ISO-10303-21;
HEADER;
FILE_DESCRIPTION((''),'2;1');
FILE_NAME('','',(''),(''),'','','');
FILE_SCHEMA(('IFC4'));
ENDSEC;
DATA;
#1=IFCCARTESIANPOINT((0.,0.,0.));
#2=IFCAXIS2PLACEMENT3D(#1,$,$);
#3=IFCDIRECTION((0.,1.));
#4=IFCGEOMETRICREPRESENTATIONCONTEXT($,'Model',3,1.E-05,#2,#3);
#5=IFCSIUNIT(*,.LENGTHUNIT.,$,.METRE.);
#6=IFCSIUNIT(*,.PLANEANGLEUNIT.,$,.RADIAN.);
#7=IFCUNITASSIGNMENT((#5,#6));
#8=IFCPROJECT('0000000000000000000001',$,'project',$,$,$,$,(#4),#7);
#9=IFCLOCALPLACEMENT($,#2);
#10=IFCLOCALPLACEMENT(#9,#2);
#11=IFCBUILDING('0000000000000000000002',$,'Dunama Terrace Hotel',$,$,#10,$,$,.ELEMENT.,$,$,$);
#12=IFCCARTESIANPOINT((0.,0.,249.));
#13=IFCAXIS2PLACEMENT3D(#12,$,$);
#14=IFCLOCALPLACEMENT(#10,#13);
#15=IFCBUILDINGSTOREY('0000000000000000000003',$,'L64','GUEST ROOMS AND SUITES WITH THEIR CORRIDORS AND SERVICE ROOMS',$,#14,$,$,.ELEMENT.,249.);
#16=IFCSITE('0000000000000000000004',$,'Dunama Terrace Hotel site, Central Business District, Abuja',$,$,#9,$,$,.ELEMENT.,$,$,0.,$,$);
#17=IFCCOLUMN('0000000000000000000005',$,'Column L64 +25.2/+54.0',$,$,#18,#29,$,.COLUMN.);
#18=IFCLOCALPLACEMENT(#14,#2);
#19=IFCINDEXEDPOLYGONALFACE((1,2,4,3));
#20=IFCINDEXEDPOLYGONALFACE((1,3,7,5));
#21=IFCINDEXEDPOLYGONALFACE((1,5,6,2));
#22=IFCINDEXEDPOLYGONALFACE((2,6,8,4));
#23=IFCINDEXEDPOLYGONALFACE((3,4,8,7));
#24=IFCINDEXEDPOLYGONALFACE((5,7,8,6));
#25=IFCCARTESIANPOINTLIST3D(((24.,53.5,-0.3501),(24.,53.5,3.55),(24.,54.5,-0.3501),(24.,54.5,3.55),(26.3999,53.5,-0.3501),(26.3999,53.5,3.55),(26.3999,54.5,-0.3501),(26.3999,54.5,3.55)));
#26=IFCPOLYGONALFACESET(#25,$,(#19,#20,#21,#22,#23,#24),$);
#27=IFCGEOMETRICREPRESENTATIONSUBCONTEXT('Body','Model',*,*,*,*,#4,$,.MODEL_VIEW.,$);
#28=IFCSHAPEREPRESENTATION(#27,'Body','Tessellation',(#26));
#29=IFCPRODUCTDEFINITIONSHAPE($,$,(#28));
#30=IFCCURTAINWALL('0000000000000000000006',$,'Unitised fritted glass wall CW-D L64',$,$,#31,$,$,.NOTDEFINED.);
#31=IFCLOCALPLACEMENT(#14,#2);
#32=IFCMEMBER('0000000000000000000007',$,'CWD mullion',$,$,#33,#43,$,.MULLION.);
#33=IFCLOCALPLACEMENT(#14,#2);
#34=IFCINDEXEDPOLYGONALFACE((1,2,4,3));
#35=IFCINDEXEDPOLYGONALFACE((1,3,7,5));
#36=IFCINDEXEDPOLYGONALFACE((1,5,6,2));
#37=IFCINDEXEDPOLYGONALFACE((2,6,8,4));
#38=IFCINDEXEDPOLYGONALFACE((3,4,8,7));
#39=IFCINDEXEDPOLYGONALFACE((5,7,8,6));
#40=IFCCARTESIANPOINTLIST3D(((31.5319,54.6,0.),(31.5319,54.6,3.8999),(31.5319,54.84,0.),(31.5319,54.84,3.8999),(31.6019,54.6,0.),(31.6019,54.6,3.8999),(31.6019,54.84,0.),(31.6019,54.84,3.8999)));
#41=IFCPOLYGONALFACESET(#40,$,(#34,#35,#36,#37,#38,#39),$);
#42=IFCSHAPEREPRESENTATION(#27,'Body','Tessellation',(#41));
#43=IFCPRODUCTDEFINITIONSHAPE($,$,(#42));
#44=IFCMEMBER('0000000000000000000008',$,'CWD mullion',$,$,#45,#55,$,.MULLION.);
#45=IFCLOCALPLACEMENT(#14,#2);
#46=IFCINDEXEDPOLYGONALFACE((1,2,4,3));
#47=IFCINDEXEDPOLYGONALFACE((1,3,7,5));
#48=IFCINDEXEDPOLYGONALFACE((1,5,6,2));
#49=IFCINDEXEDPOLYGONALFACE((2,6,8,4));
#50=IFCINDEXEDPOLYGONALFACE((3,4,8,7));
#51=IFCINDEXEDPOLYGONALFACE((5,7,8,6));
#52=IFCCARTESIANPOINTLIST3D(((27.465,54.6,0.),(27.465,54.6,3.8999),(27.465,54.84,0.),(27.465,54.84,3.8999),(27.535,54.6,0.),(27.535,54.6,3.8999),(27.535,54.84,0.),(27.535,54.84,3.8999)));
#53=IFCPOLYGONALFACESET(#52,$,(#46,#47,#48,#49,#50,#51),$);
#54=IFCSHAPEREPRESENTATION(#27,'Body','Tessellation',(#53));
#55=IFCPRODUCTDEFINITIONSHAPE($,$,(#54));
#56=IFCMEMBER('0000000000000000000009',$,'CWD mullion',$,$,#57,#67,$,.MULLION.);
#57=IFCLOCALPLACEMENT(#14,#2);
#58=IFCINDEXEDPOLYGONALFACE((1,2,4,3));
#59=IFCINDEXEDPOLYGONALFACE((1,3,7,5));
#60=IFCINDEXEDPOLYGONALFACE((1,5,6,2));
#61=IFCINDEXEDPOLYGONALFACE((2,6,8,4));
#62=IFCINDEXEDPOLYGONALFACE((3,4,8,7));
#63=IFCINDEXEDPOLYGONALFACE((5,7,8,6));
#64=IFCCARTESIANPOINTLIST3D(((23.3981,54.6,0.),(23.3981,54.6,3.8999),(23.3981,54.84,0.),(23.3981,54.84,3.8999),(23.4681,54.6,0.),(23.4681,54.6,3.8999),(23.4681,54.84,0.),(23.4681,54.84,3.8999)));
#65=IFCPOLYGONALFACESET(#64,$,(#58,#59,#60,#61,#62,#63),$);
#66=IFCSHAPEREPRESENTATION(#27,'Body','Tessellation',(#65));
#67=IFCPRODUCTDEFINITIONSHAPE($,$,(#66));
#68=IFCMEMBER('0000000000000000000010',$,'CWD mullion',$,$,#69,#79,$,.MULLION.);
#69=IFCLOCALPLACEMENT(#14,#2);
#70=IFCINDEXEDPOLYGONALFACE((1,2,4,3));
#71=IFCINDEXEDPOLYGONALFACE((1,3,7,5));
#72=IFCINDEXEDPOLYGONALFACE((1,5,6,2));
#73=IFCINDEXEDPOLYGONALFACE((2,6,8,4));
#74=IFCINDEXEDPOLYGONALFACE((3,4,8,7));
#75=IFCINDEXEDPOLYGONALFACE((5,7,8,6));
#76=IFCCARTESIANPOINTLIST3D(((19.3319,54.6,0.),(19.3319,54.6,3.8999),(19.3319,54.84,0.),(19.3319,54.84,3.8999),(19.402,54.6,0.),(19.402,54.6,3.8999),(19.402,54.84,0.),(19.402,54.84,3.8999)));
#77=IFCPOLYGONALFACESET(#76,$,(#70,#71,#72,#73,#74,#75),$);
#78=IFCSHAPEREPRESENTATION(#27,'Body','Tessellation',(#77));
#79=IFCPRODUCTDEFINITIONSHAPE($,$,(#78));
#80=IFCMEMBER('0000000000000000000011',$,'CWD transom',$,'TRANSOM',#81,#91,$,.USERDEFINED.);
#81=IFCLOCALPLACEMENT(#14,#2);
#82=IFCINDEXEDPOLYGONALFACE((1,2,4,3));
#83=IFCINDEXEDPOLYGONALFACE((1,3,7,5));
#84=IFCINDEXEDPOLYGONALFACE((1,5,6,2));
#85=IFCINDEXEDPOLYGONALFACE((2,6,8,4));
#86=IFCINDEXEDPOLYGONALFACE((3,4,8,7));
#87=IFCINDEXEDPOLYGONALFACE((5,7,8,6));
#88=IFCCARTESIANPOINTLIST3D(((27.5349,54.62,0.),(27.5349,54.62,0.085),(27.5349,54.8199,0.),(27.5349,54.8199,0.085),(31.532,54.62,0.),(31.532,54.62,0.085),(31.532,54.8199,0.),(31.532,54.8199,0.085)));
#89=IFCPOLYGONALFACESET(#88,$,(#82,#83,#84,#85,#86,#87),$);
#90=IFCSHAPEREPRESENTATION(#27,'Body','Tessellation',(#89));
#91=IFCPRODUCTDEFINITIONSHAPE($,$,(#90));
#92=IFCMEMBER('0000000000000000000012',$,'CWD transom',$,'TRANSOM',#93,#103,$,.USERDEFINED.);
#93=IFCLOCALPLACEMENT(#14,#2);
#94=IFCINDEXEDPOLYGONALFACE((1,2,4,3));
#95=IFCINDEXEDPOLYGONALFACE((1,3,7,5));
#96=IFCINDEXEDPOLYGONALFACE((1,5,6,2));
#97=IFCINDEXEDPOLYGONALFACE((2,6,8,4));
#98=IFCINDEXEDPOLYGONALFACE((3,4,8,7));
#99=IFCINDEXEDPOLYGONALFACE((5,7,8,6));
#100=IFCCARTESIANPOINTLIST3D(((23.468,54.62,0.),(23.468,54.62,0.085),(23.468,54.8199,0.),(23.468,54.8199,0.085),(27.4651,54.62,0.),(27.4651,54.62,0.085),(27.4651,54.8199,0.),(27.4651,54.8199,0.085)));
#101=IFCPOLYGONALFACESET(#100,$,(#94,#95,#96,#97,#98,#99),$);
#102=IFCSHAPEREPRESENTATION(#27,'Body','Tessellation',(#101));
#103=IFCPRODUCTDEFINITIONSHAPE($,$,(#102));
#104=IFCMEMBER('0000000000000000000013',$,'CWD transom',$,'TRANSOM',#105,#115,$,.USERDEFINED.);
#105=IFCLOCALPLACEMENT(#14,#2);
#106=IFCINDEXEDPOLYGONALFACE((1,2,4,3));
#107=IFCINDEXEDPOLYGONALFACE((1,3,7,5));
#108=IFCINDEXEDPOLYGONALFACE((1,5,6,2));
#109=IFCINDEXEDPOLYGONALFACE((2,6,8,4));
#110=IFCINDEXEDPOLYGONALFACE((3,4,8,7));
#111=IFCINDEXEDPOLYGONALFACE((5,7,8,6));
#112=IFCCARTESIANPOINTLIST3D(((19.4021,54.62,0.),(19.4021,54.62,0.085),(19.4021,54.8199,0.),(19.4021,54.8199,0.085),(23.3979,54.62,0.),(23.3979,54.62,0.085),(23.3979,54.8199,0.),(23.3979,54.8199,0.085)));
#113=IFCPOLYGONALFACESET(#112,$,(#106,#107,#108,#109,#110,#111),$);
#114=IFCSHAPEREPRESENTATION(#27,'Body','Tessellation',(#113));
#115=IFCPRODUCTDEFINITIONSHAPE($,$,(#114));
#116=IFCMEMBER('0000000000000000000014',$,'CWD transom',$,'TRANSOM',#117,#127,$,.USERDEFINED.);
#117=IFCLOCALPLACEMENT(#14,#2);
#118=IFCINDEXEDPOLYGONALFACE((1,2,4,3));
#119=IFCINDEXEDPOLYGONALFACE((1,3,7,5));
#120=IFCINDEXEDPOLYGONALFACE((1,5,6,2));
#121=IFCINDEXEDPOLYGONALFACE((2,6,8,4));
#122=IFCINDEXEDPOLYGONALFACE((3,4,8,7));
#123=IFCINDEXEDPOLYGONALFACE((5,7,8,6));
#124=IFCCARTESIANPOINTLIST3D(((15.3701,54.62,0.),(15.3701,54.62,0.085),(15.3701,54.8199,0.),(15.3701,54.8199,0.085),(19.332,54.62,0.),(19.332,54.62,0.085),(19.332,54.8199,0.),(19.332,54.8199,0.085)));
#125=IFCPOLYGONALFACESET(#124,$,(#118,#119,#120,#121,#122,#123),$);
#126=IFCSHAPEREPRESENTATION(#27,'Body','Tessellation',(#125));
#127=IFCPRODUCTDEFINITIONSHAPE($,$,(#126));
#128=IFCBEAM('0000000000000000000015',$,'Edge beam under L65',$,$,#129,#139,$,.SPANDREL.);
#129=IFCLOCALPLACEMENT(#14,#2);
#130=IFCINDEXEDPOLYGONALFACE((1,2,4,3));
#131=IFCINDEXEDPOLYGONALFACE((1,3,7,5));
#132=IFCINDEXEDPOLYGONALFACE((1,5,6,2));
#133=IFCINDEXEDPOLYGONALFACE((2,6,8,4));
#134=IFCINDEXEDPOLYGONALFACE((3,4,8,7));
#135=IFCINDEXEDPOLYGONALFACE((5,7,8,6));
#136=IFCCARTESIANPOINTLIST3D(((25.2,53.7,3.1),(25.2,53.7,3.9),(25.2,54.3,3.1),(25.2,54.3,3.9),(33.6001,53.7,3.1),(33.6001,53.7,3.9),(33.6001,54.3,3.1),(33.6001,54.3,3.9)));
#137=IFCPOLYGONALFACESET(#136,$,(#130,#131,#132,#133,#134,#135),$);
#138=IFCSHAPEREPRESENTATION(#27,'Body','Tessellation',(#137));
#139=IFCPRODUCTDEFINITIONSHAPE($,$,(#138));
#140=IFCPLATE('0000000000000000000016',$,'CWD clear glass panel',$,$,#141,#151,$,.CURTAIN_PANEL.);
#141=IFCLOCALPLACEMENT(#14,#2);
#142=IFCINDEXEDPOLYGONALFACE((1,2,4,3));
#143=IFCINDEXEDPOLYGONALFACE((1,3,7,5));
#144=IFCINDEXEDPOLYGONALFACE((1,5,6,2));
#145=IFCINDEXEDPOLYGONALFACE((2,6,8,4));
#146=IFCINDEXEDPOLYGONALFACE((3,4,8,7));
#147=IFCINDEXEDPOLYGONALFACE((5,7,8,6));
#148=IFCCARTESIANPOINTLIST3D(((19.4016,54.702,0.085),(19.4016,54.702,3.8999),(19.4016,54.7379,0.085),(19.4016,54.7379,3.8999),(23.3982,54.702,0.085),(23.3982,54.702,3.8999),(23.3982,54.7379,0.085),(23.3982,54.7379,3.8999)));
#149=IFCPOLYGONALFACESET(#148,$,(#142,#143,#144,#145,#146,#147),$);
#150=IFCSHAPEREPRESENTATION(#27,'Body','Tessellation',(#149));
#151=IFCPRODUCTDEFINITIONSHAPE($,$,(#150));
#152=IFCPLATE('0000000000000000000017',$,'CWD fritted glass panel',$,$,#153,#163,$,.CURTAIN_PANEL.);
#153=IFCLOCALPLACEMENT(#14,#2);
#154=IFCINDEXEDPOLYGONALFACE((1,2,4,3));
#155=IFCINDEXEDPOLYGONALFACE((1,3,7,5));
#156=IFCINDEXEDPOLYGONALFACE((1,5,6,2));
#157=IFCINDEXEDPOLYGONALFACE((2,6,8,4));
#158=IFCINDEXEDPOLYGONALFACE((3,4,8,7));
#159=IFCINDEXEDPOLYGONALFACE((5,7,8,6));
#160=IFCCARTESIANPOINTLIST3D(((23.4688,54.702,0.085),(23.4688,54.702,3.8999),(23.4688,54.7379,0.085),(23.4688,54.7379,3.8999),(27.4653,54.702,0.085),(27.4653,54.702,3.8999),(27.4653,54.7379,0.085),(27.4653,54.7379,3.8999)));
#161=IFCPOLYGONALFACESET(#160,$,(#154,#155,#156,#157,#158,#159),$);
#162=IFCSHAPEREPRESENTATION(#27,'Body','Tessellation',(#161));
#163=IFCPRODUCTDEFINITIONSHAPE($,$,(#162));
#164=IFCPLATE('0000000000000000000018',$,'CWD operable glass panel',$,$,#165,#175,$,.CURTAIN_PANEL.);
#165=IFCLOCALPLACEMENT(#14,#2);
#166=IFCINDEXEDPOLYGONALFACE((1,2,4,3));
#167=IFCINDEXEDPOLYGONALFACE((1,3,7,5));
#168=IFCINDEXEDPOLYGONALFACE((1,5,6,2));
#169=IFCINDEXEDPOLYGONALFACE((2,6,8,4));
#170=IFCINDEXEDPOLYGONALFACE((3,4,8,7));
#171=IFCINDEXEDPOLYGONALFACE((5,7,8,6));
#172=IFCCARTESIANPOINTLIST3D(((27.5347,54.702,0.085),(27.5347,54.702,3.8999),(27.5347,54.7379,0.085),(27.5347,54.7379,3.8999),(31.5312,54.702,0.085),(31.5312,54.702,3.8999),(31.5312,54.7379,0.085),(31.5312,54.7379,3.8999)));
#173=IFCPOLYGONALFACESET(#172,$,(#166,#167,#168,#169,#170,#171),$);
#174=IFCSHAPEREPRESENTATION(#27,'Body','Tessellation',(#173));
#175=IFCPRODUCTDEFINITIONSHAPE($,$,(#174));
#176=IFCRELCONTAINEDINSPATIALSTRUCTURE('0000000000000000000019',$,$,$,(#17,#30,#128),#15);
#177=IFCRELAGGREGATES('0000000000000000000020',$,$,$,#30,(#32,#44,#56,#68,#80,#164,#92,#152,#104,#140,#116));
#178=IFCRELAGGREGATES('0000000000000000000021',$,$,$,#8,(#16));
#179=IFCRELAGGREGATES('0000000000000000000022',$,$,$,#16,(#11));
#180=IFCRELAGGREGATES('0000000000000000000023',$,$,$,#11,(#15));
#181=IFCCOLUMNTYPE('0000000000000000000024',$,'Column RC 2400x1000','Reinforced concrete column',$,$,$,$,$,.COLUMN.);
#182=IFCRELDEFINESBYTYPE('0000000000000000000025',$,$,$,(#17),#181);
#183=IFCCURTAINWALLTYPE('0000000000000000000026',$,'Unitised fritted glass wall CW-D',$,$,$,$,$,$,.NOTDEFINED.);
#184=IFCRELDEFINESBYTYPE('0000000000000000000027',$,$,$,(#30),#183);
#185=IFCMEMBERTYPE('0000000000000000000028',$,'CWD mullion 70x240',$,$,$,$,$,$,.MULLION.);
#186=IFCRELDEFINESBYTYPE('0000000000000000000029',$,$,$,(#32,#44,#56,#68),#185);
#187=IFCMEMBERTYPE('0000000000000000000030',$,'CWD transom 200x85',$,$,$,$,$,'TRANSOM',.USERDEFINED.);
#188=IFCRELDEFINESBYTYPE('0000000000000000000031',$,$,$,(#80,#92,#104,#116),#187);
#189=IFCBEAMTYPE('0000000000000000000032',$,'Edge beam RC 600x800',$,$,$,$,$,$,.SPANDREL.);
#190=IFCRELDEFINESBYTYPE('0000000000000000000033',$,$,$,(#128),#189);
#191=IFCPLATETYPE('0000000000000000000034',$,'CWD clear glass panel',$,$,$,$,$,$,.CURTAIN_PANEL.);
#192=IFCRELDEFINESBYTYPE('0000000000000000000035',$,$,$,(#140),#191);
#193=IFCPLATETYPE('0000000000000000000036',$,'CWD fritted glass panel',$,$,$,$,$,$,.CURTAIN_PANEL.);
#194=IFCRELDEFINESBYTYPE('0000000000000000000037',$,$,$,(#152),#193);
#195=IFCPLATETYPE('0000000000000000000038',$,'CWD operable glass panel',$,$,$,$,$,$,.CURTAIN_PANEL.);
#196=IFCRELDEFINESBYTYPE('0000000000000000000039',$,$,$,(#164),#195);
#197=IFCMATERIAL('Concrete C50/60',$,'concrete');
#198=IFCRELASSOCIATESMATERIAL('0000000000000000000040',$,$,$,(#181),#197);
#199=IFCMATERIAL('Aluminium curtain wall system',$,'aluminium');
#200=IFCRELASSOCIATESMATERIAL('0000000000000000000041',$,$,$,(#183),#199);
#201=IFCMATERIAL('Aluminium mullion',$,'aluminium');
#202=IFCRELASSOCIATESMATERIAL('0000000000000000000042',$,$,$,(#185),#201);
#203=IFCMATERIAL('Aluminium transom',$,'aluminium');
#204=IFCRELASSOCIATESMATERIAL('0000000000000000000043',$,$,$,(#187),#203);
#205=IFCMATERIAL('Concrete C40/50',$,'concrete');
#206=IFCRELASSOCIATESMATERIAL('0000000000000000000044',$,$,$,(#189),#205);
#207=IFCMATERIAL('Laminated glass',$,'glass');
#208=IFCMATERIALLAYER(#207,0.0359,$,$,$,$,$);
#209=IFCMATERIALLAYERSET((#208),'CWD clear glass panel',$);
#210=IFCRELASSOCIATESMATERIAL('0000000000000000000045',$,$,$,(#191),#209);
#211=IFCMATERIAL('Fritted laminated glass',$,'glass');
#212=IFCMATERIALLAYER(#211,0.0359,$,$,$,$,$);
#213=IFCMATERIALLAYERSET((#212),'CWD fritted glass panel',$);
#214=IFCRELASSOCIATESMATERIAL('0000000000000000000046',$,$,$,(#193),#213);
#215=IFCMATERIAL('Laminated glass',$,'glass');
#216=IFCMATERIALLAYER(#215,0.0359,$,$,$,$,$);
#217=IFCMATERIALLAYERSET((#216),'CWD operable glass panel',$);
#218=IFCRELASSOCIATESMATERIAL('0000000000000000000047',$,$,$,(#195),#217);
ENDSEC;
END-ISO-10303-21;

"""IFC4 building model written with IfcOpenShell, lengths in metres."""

from ifc_helpers import new_model, si_unit, direction, frame, origin, origin_2d, place, context, subcontext, project, spatial, rectangle, extrude, material, layer, layer_set, material_profile, profile_set, type_object, element, aggregate, save


model = new_model("IFC4")

# Units and contexts
model_context = context("Model", 3, precision=1e-05, world=origin(), true_north=direction((0.0, 1.0)))
body_context = subcontext(model_context, "Body", "Model", "MODEL_VIEW")
ifc_project = project(units=[si_unit("LENGTHUNIT", "METRE"), si_unit("PLANEANGLEUNIT", "RADIAN")], contexts=[model_context])

# Site, building, storey
site_placement = place(None, origin())
site = spatial("IfcSite", under=ifc_project, at=site_placement, Name="Dunama Terrace Hotel site, Central Business District, Abuja", CompositionType="ELEMENT", RefElevation=0.0)
building_placement = place(site_placement, origin())
building = spatial("IfcBuilding", under=site, at=building_placement, Name="Dunama Terrace Hotel", CompositionType="ELEMENT")
storey_placement = place(building_placement, frame((0.0, 0.0, 249.0)))
storey = spatial("IfcBuildingStorey", under=building, at=storey_placement, Name="L64", Description="GUEST ROOMS AND SUITES WITH THEIR CORRIDORS AND SERVICE ROOMS", CompositionType="ELEMENT", Elevation=249.0)

# Column
ifc_material_1 = material(Name="Concrete C50/60", Category="concrete")
ifc_material_profile_1 = material_profile(ifc_material_1, rectangle(XDim=2.3999, YDim=1.0, at=origin_2d()), Name="RC 2400x1000")
ifc_profile_set_1 = profile_set([ifc_material_profile_1], Name="Concrete C50/60")
column_type = type_object("IfcColumnType", Name="Column RC 2400x1000", Description="Reinforced concrete column", PredefinedType="COLUMN", material=ifc_profile_set_1)
column_placement = place(storey_placement, frame((25.2, 54.0, -0.3501), z_axis=(0.0, 0.0, 1.0), x_axis=(1.0, 0.0, 0.0)))
element("IfcColumn", 1, at=column_placement, inside=storey, type_object=column_type, Name="Column L64 +25.2/+54.0", PredefinedType="COLUMN", context=body_context, shape_type="SweptSolid", body=[
    extrude(rectangle(XDim=2.3999, YDim=1.0, at=origin_2d()), origin(), (0.0, 0.0, 1.0), 3.9001),
])

# Curtain wall, members
ifc_material_2 = material(Name="Aluminium curtain wall system", Category="aluminium")
curtain_wall_type = type_object("IfcCurtainWallType", Name="Unitised fritted glass wall CW-D", PredefinedType="NOTDEFINED", material=ifc_material_2)
curtain_wall_placement = place(storey_placement, origin())
curtain_wall = element("IfcCurtainWall", 2, at=curtain_wall_placement, inside=storey, type_object=curtain_wall_type, Name="Unitised fritted glass wall CW-D L64", PredefinedType="NOTDEFINED")
ifc_material_3 = material(Name="Aluminium mullion", Category="aluminium")
ifc_material_profile_2 = material_profile(ifc_material_3, rectangle(XDim=0.0701, YDim=0.24, at=origin_2d()), Name="CWD MULLION 70X240")
ifc_profile_set_2 = profile_set([ifc_material_profile_2], Name="Aluminium mullion")
member_type_1 = type_object("IfcMemberType", Name="CWD mullion 70x240", PredefinedType="MULLION", material=ifc_profile_set_2)
member_1_placement = place(storey_placement, frame((31.5669, 54.72, 0.0), z_axis=(0.0, 0.0, 1.0), x_axis=(-1.0, 0.0, 0.0)))
member_1 = element("IfcMember", 3, at=member_1_placement, type_object=member_type_1, Name="CWD mullion", PredefinedType="MULLION", context=body_context, shape_type="SweptSolid", body=[
    extrude(rectangle(XDim=0.0701, YDim=0.24, at=origin_2d()), origin(), (0.0, 0.0, 1.0), 3.8999),
])
member_2_placement = place(storey_placement, frame((27.5, 54.72, 0.0), z_axis=(0.0, 0.0, 1.0), x_axis=(-1.0, 0.0, 0.0)))
member_2 = element("IfcMember", 4, at=member_2_placement, type_object=member_type_1, Name="CWD mullion", PredefinedType="MULLION", context=body_context, shape_type="SweptSolid", body=[
    extrude(rectangle(XDim=0.0701, YDim=0.24, at=origin_2d()), origin(), (0.0, 0.0, 1.0), 3.8999),
])
member_3_placement = place(storey_placement, frame((23.4331, 54.72, 0.0), z_axis=(0.0, 0.0, 1.0), x_axis=(-1.0, 0.0, 0.0)))
member_3 = element("IfcMember", 5, at=member_3_placement, type_object=member_type_1, Name="CWD mullion", PredefinedType="MULLION", context=body_context, shape_type="SweptSolid", body=[
    extrude(rectangle(XDim=0.0701, YDim=0.24, at=origin_2d()), origin(), (0.0, 0.0, 1.0), 3.8999),
])
member_4_placement = place(storey_placement, frame((19.3669, 54.72, 0.0), z_axis=(0.0, 0.0, 1.0), x_axis=(-1.0, 0.0, 0.0)))
member_4 = element("IfcMember", 6, at=member_4_placement, type_object=member_type_1, Name="CWD mullion", PredefinedType="MULLION", context=body_context, shape_type="SweptSolid", body=[
    extrude(rectangle(XDim=0.0701, YDim=0.24, at=origin_2d()), origin(), (0.0, 0.0, 1.0), 3.8999),
])
ifc_material_4 = material(Name="Aluminium transom", Category="aluminium")
ifc_material_profile_3 = material_profile(ifc_material_4, rectangle(XDim=0.2, YDim=0.085, at=origin_2d()), Name="CWD TRANSOM 200X85")
ifc_profile_set_3 = profile_set([ifc_material_profile_3], Name="Aluminium transom")
member_type_2 = type_object("IfcMemberType", Name="CWD transom 200x85", ElementType="TRANSOM", PredefinedType="USERDEFINED", material=ifc_profile_set_3)
member_5_placement = place(storey_placement, frame((31.532, 54.72, 0.0425), z_axis=(-1.0, 0.0, 0.0), x_axis=(0.0, -1.0, 0.0)))
member_5 = element("IfcMember", 7, at=member_5_placement, type_object=member_type_2, Name="CWD transom", ObjectType="TRANSOM", PredefinedType="USERDEFINED", context=body_context, shape_type="SweptSolid", body=[
    extrude(rectangle(XDim=0.2, YDim=0.085, at=origin_2d()), origin(), (0.0, 0.0, 1.0), 3.9971),
])
member_6_placement = place(storey_placement, frame((27.4651, 54.72, 0.0425), z_axis=(-1.0, 0.0, 0.0), x_axis=(0.0, -1.0, 0.0)))
member_6 = element("IfcMember", 8, at=member_6_placement, type_object=member_type_2, Name="CWD transom", ObjectType="TRANSOM", PredefinedType="USERDEFINED", context=body_context, shape_type="SweptSolid", body=[
    extrude(rectangle(XDim=0.2, YDim=0.085, at=origin_2d()), origin(), (0.0, 0.0, 1.0), 3.9971),
])
member_7_placement = place(storey_placement, frame((23.3979, 54.72, 0.0425), z_axis=(-1.0, 0.0, 0.0), x_axis=(0.0, -1.0, 0.0)))
member_7 = element("IfcMember", 9, at=member_7_placement, type_object=member_type_2, Name="CWD transom", ObjectType="TRANSOM", PredefinedType="USERDEFINED", context=body_context, shape_type="SweptSolid", body=[
    extrude(rectangle(XDim=0.2, YDim=0.085, at=origin_2d()), origin(), (0.0, 0.0, 1.0), 3.9958),
])
member_8_placement = place(storey_placement, frame((19.332, 54.72, 0.0425), z_axis=(-1.0, 0.0, 0.0), x_axis=(0.0, -1.0, 0.0)))
member_8 = element("IfcMember", 10, at=member_8_placement, type_object=member_type_2, Name="CWD transom", ObjectType="TRANSOM", PredefinedType="USERDEFINED", context=body_context, shape_type="SweptSolid", body=[
    extrude(rectangle(XDim=0.2, YDim=0.085, at=origin_2d()), origin(), (0.0, 0.0, 1.0), 3.9619),
])

# Beam
ifc_material_5 = material(Name="Concrete C40/50", Category="concrete")
ifc_material_profile_4 = material_profile(ifc_material_5, rectangle(XDim=0.6001, YDim=0.8, at=origin_2d()), Name="RC 600x800")
ifc_profile_set_4 = profile_set([ifc_material_profile_4], Name="Concrete C40/50")
beam_type = type_object("IfcBeamType", Name="Edge beam RC 600x800", PredefinedType="SPANDREL", material=ifc_profile_set_4)
beam_placement = place(storey_placement, frame((25.2, 54.0, 3.5), z_axis=(1.0, 0.0, 0.0), x_axis=(0.0, 1.0, 0.0)))
element("IfcBeam", 11, at=beam_placement, inside=storey, type_object=beam_type, Name="Edge beam under L65", PredefinedType="SPANDREL", context=body_context, shape_type="SweptSolid", body=[
    extrude(rectangle(XDim=0.6001, YDim=0.8, at=origin_2d()), origin(), (0.0, 0.0, 1.0), 8.4001),
])

# Plates
ifc_material_6 = material(Name="Laminated glass", Category="glass")
ifc_layer_1 = layer(ifc_material_6, 0.0359)
ifc_layer_set_1 = layer_set([ifc_layer_1], Name="CWD clear glass panel")
plate_type_1 = type_object("IfcPlateType", Name="CWD clear glass panel", PredefinedType="CURTAIN_PANEL", material=ifc_layer_set_1)
plate_1_placement = place(storey_placement, frame((21.3999, 54.72, 0.085), z_axis=(0.0, 0.0, 1.0), x_axis=(-1.0, 0.0, 0.0)))
plate_1 = element("IfcPlate", 12, at=plate_1_placement, type_object=plate_type_1, Name="CWD clear glass panel", PredefinedType="CURTAIN_PANEL", context=body_context, shape_type="SweptSolid", body=[
    extrude(rectangle(XDim=3.9966, YDim=0.0359, at=origin_2d()), origin(), (0.0, 0.0, 1.0), 3.8149),
])
ifc_material_7 = material(Name="Fritted laminated glass", Category="glass")
ifc_layer_2 = layer(ifc_material_7, 0.0359)
ifc_layer_set_2 = layer_set([ifc_layer_2], Name="CWD fritted glass panel")
plate_type_2 = type_object("IfcPlateType", Name="CWD fritted glass panel", PredefinedType="CURTAIN_PANEL", material=ifc_layer_set_2)
plate_2_placement = place(storey_placement, frame((25.467, 54.72, 0.085), z_axis=(0.0, 0.0, 1.0), x_axis=(-1.0, 0.0, 0.0)))
plate_2 = element("IfcPlate", 13, at=plate_2_placement, type_object=plate_type_2, Name="CWD fritted glass panel", PredefinedType="CURTAIN_PANEL", context=body_context, shape_type="SweptSolid", body=[
    extrude(rectangle(XDim=3.9966, YDim=0.0359, at=origin_2d()), origin(), (0.0, 0.0, 1.0), 3.8149),
])
ifc_material_8 = material(Name="Laminated glass", Category="glass")
ifc_layer_3 = layer(ifc_material_8, 0.0359)
ifc_layer_set_3 = layer_set([ifc_layer_3], Name="CWD operable glass panel")
plate_type_3 = type_object("IfcPlateType", Name="CWD operable glass panel", PredefinedType="CURTAIN_PANEL", material=ifc_layer_set_3)
plate_3_placement = place(storey_placement, frame((29.533, 54.72, 0.085), z_axis=(0.0, 0.0, 1.0), x_axis=(-1.0, 0.0, 0.0)))
plate_3 = element("IfcPlate", 14, at=plate_3_placement, type_object=plate_type_3, Name="CWD operable glass panel", PredefinedType="CURTAIN_PANEL", context=body_context, shape_type="SweptSolid", body=[
    extrude(rectangle(XDim=3.9966, YDim=0.0359, at=origin_2d()), origin(), (0.0, 0.0, 1.0), 3.8149),
])
aggregate(curtain_wall, [member_1, member_2, member_3, member_4, member_5, plate_3, member_6, plate_2, member_7, plate_1, member_8])

save(model, "model.ifc")
